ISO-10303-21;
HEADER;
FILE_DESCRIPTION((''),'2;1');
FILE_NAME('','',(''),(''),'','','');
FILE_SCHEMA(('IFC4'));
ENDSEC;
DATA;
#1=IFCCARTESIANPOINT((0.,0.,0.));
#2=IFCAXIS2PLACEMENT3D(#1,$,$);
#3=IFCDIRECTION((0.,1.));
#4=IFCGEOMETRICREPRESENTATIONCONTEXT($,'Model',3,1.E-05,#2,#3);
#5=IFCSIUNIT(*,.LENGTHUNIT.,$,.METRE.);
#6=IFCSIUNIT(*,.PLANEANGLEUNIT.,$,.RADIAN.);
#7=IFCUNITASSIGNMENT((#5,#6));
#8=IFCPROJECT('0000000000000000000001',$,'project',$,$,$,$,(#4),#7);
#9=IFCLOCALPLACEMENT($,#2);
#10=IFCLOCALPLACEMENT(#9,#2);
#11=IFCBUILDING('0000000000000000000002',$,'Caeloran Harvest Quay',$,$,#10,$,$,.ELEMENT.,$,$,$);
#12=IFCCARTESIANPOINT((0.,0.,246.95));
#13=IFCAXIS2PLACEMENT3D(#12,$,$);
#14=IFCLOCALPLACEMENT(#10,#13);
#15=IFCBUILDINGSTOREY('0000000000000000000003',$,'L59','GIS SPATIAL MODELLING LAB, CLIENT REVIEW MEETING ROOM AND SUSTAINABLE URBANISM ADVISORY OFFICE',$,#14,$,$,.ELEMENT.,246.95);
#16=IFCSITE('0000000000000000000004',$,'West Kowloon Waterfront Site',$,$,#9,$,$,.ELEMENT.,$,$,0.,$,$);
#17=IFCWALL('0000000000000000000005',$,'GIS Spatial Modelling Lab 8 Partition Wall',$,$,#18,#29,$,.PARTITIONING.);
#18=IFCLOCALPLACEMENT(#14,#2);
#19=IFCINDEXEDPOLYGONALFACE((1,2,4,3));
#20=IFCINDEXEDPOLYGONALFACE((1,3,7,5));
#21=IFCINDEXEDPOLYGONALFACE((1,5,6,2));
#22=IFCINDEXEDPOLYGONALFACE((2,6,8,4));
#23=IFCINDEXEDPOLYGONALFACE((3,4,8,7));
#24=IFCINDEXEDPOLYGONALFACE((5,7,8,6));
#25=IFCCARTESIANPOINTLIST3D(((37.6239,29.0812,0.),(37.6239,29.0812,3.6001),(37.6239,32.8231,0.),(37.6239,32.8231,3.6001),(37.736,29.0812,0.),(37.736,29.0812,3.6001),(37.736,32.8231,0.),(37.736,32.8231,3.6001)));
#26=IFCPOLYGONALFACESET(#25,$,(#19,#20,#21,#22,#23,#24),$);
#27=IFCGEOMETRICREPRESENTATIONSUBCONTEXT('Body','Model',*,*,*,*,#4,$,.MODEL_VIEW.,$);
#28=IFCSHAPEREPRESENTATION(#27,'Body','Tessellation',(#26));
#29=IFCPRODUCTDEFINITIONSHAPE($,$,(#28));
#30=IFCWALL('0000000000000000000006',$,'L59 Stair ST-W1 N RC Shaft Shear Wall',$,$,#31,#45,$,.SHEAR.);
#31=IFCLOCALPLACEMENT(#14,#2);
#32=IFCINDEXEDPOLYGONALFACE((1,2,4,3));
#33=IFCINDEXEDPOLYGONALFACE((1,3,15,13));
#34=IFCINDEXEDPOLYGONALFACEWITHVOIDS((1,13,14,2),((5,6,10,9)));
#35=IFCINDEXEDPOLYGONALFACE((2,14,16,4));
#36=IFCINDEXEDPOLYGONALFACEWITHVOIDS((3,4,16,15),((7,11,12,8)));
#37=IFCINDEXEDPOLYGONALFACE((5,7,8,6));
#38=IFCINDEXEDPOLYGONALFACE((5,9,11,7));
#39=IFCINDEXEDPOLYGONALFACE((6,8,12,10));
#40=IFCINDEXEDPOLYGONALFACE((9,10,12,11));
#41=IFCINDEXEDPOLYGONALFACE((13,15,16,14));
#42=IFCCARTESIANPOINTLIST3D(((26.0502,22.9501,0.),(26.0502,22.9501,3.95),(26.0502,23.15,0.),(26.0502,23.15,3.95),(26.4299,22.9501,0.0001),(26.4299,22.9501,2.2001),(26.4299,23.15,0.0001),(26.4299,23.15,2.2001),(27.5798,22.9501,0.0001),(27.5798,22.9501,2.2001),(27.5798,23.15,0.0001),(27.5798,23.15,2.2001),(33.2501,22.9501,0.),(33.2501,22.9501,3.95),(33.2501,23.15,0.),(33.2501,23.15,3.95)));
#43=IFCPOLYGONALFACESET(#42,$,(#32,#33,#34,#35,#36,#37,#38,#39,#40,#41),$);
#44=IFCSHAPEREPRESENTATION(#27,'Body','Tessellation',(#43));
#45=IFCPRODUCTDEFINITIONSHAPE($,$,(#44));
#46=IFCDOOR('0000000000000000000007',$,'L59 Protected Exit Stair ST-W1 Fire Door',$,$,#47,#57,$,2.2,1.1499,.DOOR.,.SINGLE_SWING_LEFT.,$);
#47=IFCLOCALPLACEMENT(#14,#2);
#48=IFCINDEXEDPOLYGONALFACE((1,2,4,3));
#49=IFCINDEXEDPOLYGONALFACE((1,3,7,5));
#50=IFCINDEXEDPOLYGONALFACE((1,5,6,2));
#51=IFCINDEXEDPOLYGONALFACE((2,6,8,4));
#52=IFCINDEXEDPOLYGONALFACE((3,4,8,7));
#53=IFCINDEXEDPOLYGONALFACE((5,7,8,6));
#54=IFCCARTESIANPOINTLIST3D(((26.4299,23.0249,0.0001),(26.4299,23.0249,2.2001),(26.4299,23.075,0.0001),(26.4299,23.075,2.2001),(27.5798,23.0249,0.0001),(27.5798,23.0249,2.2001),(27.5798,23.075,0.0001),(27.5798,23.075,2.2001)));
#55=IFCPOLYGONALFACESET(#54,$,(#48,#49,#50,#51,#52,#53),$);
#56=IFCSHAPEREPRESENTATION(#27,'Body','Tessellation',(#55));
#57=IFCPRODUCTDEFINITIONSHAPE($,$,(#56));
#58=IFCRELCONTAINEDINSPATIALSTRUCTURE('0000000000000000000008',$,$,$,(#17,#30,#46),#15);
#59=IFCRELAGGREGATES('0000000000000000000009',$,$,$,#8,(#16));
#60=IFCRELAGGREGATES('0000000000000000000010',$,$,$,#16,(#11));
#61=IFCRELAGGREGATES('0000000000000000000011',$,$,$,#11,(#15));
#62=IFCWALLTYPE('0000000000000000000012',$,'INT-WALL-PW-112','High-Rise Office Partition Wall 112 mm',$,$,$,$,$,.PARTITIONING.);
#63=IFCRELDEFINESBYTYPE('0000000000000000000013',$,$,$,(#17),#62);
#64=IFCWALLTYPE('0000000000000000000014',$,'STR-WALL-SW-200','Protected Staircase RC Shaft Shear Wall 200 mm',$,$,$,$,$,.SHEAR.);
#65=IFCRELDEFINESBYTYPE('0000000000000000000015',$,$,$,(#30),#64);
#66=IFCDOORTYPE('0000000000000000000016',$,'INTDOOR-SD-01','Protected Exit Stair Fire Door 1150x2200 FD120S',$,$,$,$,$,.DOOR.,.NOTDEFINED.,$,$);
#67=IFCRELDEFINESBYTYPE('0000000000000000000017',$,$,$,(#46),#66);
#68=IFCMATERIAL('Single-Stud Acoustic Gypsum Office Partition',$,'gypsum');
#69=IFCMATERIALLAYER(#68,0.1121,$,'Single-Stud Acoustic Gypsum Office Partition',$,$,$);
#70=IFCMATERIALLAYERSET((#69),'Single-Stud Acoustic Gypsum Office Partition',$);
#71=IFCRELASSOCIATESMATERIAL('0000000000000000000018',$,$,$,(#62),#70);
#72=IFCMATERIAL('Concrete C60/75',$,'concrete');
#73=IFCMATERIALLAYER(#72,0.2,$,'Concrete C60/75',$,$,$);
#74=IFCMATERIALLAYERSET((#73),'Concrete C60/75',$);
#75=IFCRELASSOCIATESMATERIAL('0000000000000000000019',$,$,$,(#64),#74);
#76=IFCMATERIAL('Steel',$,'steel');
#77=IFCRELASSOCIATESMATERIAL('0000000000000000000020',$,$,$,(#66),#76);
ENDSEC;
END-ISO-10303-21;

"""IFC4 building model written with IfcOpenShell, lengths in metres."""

from ifc_helpers import new_model, si_unit, direction, frame, frame_2d, origin, place, context, subcontext, project, spatial, rectangle, extrude, material, layer, layer_set, type_object, element, fill, save


model = new_model("IFC4")

# Units and contexts
model_context = context("Model", 3, precision=1e-05, world=origin(), true_north=direction((0.0, 1.0)))
body_context = subcontext(model_context, "Body", "Model", "MODEL_VIEW")
ifc_project = project(units=[si_unit("LENGTHUNIT", "METRE"), si_unit("PLANEANGLEUNIT", "RADIAN")], contexts=[model_context])

# Site, building, storey
site_placement = place(None, origin())
site = spatial("IfcSite", under=ifc_project, at=site_placement, Name="West Kowloon Waterfront Site", CompositionType="ELEMENT", RefElevation=0.0)
building_placement = place(site_placement, origin())
building = spatial("IfcBuilding", under=site, at=building_placement, Name="Caeloran Harvest Quay", CompositionType="ELEMENT")
storey_placement = place(building_placement, frame((0.0, 0.0, 246.95)))
storey = spatial("IfcBuildingStorey", under=building, at=storey_placement, Name="L59", Description="GIS SPATIAL MODELLING LAB, CLIENT REVIEW MEETING ROOM AND SUSTAINABLE URBANISM ADVISORY OFFICE", CompositionType="ELEMENT", Elevation=246.95)

# Shared definitions
ifc_material_1 = material(Name="Concrete C60/75", Category="concrete")

# Shared definitions
ifc_material_2 = material(Name="Single-Stud Acoustic Gypsum Office Partition", Category="gypsum")
ifc_layer_1 = layer(ifc_material_2, 0.1121, Name="Single-Stud Acoustic Gypsum Office Partition")
ifc_layer_set_1 = layer_set([ifc_layer_1], Name="Single-Stud Acoustic Gypsum Office Partition")
wall_type_1 = type_object("IfcWallType", Name="INT-WALL-PW-112", Description="High-Rise Office Partition Wall 112 mm", PredefinedType="PARTITIONING", material=ifc_layer_set_1)

# Wall
wall_1_placement = place(storey_placement, frame((37.6799, 29.0811, 0.0), z_axis=(0.0, 0.0, 1.0), x_axis=(0.0, 1.0, 0.0)))
element("IfcWall", 1, at=wall_1_placement, inside=storey, type_object=wall_type_1, Name="GIS Spatial Modelling Lab 8 Partition Wall", PredefinedType="PARTITIONING", context=body_context, shape_type="SweptSolid", body=[
    extrude(rectangle(XDim=3.7419, YDim=0.1121, at=frame_2d((1.8711, 0.0))), origin(), (0.0, 0.0, 1.0), 3.6001),
])

# Wall, opening, door
ifc_layer_2 = layer(ifc_material_1, 0.2, Name="Concrete C60/75")
ifc_layer_set_2 = layer_set([ifc_layer_2], Name="Concrete C60/75")
wall_type_2 = type_object("IfcWallType", Name="STR-WALL-SW-200", Description="Protected Staircase RC Shaft Shear Wall 200 mm", PredefinedType="SHEAR", material=ifc_layer_set_2)
wall_2_placement = place(storey_placement, frame((26.05, 23.05, 0.0), z_axis=(0.0, 0.0, 1.0), x_axis=(1.0, 0.0, 0.0)))
wall_2 = element("IfcWall", 2, at=wall_2_placement, inside=storey, type_object=wall_type_2, Name="L59 Stair ST-W1 N RC Shaft Shear Wall", PredefinedType="SHEAR", context=body_context, shape_type="SweptSolid", body=[
    extrude(rectangle(XDim=7.2, YDim=0.2, at=frame_2d((3.6001, 0.0))), origin(), (0.0, 0.0, 1.0), 3.95),
])
opening_1_placement = place(wall_2_placement, frame((0.3799, 0.0, 0.0)))
opening_1 = element("IfcOpeningElement", 3, at=opening_1_placement, cuts=wall_2, PredefinedType="OPENING", context=body_context, shape_type="SweptSolid", body=[
    extrude(rectangle(XDim=1.1499, YDim=2.2, at=frame_2d((0.575, 1.1001))), frame((0.0, 0.1099, 0.0), z_axis=(0.0, -1.0, 0.0), x_axis=(1.0, 0.0, 0.0)), (0.0, 0.0, 1.0), 0.22),
])
ifc_material_3 = material(Name="Steel", Category="steel")
door_type_1 = type_object("IfcDoorType", Name="INTDOOR-SD-01", Description="Protected Exit Stair Fire Door 1150x2200 FD120S", OperationType="NOTDEFINED", PredefinedType="DOOR", material=ifc_material_3)
door_1_placement = place(opening_1_placement, origin())
door_1 = element("IfcDoor", 4, at=door_1_placement, inside=storey, type_object=door_type_1, Name="L59 Protected Exit Stair ST-W1 Fire Door", OperationType="SINGLE_SWING_LEFT", OverallHeight=2.2, OverallWidth=1.1499, PredefinedType="DOOR", context=body_context, shape_type="SweptSolid", body=[
    extrude(rectangle(XDim=1.1499, YDim=2.2, at=frame_2d((0.575, 1.1001))), frame((0.0, 0.0249, 0.0), z_axis=(0.0, -1.0, 0.0), x_axis=(1.0, 0.0, 0.0)), (0.0, 0.0, 1.0), 0.05),
])
fill(opening_1, door_1)

save(model, "model.ifc")
